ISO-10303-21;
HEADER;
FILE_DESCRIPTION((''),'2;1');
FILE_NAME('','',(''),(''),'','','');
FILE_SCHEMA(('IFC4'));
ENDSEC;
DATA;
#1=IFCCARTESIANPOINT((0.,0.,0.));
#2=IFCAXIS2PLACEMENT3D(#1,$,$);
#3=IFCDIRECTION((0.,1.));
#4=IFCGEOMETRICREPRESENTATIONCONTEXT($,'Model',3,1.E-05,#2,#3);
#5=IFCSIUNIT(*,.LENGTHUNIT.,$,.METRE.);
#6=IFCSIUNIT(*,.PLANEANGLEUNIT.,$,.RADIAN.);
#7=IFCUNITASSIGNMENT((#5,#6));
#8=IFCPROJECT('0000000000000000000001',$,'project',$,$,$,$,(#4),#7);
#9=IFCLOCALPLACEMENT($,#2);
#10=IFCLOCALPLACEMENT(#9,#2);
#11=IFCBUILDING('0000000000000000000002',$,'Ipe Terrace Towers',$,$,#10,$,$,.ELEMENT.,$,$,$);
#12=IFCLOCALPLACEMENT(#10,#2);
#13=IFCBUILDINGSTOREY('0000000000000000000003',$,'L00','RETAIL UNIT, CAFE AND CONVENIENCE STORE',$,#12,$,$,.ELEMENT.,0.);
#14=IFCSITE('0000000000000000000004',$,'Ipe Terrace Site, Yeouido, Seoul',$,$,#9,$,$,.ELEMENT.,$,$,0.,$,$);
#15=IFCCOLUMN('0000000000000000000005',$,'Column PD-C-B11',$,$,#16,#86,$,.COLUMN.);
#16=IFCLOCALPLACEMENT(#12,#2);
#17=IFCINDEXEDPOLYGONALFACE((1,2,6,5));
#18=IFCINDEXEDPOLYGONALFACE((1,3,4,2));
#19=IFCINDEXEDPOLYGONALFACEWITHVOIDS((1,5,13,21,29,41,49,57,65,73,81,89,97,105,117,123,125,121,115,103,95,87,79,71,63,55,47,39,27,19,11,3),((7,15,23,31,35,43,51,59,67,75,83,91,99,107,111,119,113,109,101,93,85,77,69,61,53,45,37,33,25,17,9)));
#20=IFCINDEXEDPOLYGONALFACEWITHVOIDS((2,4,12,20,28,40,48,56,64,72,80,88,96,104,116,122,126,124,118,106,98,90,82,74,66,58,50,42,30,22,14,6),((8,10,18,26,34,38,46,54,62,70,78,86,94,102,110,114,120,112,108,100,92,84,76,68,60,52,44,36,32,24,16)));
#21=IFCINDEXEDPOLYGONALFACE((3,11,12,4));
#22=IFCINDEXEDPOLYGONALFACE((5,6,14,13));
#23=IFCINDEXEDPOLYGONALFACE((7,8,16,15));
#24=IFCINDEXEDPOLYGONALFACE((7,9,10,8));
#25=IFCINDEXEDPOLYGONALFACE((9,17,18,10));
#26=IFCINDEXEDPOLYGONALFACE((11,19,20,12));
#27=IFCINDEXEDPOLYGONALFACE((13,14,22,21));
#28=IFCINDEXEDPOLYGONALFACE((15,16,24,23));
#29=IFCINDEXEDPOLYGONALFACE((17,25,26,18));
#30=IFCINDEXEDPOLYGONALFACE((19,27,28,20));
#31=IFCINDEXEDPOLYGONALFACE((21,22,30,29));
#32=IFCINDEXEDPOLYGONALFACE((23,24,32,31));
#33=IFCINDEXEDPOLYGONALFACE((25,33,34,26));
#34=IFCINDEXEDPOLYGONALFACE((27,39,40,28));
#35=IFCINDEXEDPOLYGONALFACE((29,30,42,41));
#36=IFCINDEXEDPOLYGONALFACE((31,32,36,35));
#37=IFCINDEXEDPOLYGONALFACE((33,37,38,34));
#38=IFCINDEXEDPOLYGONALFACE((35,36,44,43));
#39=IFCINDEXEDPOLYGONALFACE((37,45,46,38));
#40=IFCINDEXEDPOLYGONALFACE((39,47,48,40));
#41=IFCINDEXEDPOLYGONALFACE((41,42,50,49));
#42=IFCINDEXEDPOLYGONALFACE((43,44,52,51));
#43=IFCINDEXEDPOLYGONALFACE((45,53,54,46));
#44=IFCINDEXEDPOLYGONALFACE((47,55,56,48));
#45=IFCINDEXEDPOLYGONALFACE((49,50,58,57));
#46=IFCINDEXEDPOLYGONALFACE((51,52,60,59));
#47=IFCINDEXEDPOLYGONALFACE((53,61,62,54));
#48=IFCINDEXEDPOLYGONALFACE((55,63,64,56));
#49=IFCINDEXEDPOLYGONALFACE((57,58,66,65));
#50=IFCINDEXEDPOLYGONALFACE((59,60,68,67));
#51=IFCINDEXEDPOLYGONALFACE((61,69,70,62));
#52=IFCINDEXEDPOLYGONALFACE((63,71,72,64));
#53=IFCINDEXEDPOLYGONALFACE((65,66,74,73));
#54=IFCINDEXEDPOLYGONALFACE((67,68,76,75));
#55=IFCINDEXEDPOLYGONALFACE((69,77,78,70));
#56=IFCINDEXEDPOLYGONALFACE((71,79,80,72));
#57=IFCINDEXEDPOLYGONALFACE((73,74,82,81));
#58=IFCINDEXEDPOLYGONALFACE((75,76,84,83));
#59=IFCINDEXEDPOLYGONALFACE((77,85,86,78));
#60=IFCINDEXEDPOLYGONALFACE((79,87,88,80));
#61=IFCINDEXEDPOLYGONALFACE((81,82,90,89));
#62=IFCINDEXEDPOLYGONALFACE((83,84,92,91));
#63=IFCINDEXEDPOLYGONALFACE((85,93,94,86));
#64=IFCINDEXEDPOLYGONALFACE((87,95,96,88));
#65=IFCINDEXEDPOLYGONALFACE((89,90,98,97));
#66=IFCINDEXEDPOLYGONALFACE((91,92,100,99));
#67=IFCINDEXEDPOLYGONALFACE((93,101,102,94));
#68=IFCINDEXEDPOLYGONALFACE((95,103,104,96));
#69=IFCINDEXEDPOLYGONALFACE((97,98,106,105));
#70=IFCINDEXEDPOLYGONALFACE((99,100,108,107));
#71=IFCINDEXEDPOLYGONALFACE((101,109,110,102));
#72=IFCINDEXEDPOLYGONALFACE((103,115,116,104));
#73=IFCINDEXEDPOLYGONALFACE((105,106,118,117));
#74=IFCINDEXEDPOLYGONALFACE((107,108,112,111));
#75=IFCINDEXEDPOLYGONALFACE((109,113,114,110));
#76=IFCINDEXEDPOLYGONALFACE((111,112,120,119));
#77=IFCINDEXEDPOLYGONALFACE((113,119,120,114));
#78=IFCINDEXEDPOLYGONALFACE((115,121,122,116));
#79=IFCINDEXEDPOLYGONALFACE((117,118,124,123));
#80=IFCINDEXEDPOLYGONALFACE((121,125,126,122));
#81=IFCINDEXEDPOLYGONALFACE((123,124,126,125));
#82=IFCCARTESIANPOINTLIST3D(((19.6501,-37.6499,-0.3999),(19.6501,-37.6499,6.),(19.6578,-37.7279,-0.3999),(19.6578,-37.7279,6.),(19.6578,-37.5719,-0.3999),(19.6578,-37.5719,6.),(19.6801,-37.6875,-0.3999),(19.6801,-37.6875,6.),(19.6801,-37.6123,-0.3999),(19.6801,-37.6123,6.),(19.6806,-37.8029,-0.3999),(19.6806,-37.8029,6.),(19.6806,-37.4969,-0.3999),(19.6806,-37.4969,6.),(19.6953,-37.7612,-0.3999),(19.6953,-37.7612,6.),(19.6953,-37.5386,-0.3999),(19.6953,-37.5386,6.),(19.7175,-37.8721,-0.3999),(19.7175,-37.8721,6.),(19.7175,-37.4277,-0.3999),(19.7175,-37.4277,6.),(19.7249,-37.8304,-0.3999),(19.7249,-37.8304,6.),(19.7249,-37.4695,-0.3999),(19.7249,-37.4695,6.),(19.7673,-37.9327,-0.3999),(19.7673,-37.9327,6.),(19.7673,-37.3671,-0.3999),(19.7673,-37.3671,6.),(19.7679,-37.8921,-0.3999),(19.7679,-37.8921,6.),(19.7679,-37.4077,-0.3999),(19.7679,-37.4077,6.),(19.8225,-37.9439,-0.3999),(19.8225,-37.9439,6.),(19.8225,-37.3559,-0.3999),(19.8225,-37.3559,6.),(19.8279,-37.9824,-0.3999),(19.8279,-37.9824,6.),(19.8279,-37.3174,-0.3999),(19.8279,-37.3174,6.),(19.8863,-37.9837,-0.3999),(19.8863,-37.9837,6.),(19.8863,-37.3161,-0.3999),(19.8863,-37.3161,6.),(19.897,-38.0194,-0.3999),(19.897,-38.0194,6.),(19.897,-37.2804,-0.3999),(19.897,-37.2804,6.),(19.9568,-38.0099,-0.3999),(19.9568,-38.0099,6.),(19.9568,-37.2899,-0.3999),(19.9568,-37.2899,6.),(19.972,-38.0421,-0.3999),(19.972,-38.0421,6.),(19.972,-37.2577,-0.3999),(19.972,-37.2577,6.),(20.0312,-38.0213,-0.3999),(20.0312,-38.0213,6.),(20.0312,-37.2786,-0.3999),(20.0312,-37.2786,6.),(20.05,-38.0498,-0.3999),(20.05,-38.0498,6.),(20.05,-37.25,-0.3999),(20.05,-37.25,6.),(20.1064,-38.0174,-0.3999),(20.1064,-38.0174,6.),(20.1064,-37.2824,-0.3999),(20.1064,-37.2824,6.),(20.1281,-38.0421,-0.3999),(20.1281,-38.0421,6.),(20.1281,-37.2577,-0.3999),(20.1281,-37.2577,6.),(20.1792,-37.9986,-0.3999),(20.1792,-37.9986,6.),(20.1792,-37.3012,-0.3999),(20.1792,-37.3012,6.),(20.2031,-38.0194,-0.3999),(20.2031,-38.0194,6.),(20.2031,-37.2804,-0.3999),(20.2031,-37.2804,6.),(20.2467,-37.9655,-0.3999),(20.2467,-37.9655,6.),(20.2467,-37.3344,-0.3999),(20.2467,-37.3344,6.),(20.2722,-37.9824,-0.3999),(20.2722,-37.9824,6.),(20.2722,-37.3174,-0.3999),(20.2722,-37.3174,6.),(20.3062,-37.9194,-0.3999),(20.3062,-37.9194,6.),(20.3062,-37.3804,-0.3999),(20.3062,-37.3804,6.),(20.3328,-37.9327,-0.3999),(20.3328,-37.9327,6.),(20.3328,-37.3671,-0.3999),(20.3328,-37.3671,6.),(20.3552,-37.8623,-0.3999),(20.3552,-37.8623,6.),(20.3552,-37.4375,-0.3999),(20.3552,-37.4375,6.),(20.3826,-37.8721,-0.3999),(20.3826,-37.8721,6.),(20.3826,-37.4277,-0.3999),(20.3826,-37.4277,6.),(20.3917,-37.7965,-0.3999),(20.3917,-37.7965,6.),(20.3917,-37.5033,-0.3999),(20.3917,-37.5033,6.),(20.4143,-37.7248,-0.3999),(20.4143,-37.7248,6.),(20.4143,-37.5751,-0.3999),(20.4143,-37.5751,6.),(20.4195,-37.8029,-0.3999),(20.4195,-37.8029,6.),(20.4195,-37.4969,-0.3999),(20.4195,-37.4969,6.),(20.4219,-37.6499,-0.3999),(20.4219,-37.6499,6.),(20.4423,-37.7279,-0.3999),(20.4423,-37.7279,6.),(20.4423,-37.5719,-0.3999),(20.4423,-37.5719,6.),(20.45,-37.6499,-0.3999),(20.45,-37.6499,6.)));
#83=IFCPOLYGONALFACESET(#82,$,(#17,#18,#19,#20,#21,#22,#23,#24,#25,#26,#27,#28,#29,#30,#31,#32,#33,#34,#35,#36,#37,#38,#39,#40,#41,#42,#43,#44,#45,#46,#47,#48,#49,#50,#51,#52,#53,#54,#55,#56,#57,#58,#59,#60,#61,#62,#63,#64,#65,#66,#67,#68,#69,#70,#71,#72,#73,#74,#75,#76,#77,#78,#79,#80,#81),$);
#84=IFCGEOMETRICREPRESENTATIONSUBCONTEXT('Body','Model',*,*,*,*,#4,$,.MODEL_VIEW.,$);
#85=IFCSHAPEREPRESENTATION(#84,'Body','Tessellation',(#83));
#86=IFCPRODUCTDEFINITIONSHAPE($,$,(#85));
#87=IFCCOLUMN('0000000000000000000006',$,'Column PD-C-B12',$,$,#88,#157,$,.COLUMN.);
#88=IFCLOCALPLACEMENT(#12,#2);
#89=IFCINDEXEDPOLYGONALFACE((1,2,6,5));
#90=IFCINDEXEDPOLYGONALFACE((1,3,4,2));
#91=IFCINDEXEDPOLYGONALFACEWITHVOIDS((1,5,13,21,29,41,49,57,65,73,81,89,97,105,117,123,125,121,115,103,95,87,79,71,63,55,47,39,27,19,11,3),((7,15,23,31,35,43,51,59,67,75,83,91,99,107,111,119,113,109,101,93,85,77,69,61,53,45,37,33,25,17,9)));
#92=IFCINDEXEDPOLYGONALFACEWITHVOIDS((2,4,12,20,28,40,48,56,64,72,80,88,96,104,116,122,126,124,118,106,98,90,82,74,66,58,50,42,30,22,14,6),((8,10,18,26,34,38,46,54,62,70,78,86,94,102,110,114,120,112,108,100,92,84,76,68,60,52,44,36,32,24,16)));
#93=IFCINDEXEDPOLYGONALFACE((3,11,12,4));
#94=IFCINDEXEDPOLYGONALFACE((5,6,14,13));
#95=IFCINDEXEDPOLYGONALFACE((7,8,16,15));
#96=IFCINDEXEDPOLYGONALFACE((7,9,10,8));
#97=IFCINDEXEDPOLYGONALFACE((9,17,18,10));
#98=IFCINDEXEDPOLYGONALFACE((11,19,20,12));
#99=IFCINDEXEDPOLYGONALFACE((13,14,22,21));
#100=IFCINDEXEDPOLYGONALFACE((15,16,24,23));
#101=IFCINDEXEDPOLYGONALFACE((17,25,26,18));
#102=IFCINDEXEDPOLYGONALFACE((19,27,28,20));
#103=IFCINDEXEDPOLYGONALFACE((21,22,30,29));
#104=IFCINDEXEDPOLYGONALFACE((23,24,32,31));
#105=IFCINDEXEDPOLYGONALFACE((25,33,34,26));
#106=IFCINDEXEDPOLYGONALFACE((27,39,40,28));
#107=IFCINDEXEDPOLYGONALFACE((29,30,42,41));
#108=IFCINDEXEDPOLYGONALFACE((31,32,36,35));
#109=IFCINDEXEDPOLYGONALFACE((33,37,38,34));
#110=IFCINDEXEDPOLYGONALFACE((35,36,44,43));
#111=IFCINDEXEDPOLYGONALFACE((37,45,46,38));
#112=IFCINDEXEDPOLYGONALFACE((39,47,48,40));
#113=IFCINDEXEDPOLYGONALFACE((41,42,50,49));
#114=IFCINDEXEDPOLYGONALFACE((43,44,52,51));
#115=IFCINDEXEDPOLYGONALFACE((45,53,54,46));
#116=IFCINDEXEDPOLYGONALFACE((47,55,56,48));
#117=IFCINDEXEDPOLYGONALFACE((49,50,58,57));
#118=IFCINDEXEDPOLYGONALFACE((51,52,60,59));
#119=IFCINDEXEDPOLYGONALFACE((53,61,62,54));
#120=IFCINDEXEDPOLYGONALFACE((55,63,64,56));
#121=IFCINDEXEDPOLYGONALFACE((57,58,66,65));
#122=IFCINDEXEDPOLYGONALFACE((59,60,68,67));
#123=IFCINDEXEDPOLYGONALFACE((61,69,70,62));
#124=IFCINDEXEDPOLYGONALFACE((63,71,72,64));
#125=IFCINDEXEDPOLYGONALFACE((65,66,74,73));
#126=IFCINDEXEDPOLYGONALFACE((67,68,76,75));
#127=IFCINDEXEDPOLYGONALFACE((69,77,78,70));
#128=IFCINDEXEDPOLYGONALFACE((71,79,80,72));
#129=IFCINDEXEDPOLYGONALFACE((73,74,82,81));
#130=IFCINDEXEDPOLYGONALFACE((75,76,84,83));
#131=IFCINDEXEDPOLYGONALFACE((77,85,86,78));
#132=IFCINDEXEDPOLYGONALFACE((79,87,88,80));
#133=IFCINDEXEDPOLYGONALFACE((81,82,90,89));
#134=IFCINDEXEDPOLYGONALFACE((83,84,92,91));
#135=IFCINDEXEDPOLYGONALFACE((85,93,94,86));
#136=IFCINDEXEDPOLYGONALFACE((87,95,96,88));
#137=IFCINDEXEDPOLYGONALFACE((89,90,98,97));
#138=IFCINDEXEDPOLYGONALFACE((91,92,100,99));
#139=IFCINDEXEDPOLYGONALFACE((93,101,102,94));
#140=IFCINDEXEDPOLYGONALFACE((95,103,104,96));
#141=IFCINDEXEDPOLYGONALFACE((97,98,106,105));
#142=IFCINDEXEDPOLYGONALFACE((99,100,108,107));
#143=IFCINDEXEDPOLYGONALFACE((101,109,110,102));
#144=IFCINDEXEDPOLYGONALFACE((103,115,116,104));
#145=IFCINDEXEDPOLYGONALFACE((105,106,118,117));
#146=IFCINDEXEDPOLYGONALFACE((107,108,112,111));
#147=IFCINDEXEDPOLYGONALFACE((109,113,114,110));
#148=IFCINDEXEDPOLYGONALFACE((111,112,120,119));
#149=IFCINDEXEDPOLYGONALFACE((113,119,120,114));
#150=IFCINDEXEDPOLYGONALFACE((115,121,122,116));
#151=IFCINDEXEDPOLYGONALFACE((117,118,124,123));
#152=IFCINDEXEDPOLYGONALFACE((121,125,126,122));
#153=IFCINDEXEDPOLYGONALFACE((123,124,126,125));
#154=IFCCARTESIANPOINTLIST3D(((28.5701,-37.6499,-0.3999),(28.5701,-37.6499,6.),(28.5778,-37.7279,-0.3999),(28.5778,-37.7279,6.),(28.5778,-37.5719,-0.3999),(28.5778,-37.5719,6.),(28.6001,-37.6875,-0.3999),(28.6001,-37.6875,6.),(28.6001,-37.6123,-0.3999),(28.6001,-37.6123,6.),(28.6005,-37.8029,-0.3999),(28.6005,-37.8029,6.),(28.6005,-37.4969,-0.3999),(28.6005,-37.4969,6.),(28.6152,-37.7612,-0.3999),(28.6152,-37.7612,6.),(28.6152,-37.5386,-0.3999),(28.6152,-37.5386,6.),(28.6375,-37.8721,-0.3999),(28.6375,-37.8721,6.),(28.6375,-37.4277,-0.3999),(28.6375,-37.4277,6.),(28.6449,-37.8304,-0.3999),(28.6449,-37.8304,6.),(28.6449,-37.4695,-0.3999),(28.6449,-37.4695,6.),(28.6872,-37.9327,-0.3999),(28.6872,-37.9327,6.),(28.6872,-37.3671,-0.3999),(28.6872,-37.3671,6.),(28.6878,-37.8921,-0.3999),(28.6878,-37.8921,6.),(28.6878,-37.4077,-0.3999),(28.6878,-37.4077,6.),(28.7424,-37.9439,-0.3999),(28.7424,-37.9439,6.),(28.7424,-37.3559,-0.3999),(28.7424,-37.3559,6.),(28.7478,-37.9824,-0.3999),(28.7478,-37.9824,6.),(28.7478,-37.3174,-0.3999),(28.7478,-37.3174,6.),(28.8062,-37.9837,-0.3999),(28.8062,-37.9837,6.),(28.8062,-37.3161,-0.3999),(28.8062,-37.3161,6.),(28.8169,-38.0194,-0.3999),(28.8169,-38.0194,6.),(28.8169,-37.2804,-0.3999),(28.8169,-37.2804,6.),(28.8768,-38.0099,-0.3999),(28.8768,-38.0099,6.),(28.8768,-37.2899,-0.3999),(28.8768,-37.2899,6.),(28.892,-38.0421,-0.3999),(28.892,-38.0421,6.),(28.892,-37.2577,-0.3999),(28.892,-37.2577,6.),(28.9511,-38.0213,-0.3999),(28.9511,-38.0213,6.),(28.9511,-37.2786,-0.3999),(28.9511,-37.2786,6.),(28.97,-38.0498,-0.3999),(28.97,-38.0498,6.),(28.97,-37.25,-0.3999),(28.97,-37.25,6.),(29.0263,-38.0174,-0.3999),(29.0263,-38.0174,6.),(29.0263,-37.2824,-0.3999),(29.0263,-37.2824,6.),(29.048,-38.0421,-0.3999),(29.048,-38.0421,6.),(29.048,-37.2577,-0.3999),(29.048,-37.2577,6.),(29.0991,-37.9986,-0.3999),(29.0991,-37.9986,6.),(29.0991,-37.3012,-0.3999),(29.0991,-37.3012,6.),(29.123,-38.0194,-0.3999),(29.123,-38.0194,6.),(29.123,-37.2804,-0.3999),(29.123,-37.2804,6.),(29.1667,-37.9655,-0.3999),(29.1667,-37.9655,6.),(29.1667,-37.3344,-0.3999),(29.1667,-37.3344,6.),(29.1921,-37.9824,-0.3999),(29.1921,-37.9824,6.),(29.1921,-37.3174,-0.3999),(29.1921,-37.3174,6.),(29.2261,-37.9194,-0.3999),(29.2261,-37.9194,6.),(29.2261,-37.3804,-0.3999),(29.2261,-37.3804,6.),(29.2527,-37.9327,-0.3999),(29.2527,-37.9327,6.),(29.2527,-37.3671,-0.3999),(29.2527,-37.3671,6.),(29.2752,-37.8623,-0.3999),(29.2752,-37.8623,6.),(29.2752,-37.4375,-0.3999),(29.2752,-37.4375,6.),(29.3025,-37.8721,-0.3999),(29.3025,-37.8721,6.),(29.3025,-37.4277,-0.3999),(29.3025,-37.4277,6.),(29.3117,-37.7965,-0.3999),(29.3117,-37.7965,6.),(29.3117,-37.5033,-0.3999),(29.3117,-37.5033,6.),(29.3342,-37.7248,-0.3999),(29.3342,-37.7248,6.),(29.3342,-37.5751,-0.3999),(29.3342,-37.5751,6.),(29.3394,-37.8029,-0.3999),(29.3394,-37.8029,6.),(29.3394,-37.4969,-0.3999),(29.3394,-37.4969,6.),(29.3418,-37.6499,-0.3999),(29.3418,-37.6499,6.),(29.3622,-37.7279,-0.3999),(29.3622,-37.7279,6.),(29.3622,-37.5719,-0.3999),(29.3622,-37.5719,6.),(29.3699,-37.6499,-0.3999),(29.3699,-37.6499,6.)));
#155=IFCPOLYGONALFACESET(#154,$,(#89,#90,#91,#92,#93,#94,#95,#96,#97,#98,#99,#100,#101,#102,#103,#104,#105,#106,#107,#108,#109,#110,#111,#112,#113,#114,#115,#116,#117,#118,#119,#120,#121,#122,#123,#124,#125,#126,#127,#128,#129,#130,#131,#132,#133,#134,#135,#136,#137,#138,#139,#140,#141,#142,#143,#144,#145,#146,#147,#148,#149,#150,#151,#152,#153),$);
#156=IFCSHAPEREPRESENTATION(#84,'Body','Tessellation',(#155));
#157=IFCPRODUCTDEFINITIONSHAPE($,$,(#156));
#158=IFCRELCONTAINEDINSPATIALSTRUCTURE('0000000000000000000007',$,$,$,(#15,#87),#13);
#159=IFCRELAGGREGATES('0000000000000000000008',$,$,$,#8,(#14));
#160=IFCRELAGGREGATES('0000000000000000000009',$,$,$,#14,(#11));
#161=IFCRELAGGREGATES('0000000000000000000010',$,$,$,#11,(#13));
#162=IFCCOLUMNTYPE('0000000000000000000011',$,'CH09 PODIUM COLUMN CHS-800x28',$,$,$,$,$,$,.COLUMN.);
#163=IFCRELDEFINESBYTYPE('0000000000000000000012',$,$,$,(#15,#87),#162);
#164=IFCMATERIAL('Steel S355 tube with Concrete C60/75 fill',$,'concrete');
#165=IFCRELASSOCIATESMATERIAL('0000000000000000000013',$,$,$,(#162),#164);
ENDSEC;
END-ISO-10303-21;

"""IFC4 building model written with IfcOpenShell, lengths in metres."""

from ifc_helpers import new_model, si_unit, direction, frame, origin, origin_2d, place, context, subcontext, project, spatial, hollow_circle, extrude, material, material_profile, profile_set, type_object, element, save


model = new_model("IFC4")

# Units and contexts
model_context = context("Model", 3, precision=1e-05, world=origin(), true_north=direction((0.0, 1.0)))
body_context = subcontext(model_context, "Body", "Model", "MODEL_VIEW")
ifc_project = project(units=[si_unit("LENGTHUNIT", "METRE"), si_unit("PLANEANGLEUNIT", "RADIAN")], contexts=[model_context])

# Site, building, storey
site_placement = place(None, origin())
site = spatial("IfcSite", under=ifc_project, at=site_placement, Name="Ipe Terrace Site, Yeouido, Seoul", CompositionType="ELEMENT", RefElevation=0.0)
building_placement = place(site_placement, origin())
building = spatial("IfcBuilding", under=site, at=building_placement, Name="Ipe Terrace Towers", CompositionType="ELEMENT")
storey_placement = place(building_placement, origin())
storey = spatial("IfcBuildingStorey", under=building, at=storey_placement, Name="L00", Description="RETAIL UNIT, CAFE AND CONVENIENCE STORE", CompositionType="ELEMENT", Elevation=0.0)

# Columns
ifc_material_1 = material(Name="Steel S355 tube with Concrete C60/75 fill", Category="concrete")
ifc_material_profile_1 = material_profile(ifc_material_1, hollow_circle(Radius=0.3999, WallThickness=0.0281, at=origin_2d()), Name="CHS-800x28")
ifc_profile_set_1 = profile_set([ifc_material_profile_1], Name="Steel S355 tube with Concrete C60/75 fill")
column_type_1 = type_object("IfcColumnType", Name="CH09 PODIUM COLUMN CHS-800x28", PredefinedType="COLUMN", material=ifc_profile_set_1)
for number, where, z_axis, x_axis, name in (
    (1, (20.05, -37.6499, -0.3999), (0.0, 0.0, 1.0), (1.0, 0.0, 0.0), "Column PD-C-B11"),
    (2, (28.97, -37.6499, -0.3999), (0.0, 0.0, 1.0), (1.0, 0.0, 0.0), "Column PD-C-B12"),
):
    element("IfcColumn", number, at=place(storey_placement, frame(where, z_axis=z_axis, x_axis=x_axis)), inside=storey, type_object=column_type_1, Name=name, PredefinedType="COLUMN", context=body_context, shape_type="SweptSolid", body=[
        extrude(hollow_circle(Radius=0.3999, WallThickness=0.0281, at=origin_2d()), origin(), (0.0, 0.0, 1.0), 6.3999),
    ])

save(model, "model.ifc")
